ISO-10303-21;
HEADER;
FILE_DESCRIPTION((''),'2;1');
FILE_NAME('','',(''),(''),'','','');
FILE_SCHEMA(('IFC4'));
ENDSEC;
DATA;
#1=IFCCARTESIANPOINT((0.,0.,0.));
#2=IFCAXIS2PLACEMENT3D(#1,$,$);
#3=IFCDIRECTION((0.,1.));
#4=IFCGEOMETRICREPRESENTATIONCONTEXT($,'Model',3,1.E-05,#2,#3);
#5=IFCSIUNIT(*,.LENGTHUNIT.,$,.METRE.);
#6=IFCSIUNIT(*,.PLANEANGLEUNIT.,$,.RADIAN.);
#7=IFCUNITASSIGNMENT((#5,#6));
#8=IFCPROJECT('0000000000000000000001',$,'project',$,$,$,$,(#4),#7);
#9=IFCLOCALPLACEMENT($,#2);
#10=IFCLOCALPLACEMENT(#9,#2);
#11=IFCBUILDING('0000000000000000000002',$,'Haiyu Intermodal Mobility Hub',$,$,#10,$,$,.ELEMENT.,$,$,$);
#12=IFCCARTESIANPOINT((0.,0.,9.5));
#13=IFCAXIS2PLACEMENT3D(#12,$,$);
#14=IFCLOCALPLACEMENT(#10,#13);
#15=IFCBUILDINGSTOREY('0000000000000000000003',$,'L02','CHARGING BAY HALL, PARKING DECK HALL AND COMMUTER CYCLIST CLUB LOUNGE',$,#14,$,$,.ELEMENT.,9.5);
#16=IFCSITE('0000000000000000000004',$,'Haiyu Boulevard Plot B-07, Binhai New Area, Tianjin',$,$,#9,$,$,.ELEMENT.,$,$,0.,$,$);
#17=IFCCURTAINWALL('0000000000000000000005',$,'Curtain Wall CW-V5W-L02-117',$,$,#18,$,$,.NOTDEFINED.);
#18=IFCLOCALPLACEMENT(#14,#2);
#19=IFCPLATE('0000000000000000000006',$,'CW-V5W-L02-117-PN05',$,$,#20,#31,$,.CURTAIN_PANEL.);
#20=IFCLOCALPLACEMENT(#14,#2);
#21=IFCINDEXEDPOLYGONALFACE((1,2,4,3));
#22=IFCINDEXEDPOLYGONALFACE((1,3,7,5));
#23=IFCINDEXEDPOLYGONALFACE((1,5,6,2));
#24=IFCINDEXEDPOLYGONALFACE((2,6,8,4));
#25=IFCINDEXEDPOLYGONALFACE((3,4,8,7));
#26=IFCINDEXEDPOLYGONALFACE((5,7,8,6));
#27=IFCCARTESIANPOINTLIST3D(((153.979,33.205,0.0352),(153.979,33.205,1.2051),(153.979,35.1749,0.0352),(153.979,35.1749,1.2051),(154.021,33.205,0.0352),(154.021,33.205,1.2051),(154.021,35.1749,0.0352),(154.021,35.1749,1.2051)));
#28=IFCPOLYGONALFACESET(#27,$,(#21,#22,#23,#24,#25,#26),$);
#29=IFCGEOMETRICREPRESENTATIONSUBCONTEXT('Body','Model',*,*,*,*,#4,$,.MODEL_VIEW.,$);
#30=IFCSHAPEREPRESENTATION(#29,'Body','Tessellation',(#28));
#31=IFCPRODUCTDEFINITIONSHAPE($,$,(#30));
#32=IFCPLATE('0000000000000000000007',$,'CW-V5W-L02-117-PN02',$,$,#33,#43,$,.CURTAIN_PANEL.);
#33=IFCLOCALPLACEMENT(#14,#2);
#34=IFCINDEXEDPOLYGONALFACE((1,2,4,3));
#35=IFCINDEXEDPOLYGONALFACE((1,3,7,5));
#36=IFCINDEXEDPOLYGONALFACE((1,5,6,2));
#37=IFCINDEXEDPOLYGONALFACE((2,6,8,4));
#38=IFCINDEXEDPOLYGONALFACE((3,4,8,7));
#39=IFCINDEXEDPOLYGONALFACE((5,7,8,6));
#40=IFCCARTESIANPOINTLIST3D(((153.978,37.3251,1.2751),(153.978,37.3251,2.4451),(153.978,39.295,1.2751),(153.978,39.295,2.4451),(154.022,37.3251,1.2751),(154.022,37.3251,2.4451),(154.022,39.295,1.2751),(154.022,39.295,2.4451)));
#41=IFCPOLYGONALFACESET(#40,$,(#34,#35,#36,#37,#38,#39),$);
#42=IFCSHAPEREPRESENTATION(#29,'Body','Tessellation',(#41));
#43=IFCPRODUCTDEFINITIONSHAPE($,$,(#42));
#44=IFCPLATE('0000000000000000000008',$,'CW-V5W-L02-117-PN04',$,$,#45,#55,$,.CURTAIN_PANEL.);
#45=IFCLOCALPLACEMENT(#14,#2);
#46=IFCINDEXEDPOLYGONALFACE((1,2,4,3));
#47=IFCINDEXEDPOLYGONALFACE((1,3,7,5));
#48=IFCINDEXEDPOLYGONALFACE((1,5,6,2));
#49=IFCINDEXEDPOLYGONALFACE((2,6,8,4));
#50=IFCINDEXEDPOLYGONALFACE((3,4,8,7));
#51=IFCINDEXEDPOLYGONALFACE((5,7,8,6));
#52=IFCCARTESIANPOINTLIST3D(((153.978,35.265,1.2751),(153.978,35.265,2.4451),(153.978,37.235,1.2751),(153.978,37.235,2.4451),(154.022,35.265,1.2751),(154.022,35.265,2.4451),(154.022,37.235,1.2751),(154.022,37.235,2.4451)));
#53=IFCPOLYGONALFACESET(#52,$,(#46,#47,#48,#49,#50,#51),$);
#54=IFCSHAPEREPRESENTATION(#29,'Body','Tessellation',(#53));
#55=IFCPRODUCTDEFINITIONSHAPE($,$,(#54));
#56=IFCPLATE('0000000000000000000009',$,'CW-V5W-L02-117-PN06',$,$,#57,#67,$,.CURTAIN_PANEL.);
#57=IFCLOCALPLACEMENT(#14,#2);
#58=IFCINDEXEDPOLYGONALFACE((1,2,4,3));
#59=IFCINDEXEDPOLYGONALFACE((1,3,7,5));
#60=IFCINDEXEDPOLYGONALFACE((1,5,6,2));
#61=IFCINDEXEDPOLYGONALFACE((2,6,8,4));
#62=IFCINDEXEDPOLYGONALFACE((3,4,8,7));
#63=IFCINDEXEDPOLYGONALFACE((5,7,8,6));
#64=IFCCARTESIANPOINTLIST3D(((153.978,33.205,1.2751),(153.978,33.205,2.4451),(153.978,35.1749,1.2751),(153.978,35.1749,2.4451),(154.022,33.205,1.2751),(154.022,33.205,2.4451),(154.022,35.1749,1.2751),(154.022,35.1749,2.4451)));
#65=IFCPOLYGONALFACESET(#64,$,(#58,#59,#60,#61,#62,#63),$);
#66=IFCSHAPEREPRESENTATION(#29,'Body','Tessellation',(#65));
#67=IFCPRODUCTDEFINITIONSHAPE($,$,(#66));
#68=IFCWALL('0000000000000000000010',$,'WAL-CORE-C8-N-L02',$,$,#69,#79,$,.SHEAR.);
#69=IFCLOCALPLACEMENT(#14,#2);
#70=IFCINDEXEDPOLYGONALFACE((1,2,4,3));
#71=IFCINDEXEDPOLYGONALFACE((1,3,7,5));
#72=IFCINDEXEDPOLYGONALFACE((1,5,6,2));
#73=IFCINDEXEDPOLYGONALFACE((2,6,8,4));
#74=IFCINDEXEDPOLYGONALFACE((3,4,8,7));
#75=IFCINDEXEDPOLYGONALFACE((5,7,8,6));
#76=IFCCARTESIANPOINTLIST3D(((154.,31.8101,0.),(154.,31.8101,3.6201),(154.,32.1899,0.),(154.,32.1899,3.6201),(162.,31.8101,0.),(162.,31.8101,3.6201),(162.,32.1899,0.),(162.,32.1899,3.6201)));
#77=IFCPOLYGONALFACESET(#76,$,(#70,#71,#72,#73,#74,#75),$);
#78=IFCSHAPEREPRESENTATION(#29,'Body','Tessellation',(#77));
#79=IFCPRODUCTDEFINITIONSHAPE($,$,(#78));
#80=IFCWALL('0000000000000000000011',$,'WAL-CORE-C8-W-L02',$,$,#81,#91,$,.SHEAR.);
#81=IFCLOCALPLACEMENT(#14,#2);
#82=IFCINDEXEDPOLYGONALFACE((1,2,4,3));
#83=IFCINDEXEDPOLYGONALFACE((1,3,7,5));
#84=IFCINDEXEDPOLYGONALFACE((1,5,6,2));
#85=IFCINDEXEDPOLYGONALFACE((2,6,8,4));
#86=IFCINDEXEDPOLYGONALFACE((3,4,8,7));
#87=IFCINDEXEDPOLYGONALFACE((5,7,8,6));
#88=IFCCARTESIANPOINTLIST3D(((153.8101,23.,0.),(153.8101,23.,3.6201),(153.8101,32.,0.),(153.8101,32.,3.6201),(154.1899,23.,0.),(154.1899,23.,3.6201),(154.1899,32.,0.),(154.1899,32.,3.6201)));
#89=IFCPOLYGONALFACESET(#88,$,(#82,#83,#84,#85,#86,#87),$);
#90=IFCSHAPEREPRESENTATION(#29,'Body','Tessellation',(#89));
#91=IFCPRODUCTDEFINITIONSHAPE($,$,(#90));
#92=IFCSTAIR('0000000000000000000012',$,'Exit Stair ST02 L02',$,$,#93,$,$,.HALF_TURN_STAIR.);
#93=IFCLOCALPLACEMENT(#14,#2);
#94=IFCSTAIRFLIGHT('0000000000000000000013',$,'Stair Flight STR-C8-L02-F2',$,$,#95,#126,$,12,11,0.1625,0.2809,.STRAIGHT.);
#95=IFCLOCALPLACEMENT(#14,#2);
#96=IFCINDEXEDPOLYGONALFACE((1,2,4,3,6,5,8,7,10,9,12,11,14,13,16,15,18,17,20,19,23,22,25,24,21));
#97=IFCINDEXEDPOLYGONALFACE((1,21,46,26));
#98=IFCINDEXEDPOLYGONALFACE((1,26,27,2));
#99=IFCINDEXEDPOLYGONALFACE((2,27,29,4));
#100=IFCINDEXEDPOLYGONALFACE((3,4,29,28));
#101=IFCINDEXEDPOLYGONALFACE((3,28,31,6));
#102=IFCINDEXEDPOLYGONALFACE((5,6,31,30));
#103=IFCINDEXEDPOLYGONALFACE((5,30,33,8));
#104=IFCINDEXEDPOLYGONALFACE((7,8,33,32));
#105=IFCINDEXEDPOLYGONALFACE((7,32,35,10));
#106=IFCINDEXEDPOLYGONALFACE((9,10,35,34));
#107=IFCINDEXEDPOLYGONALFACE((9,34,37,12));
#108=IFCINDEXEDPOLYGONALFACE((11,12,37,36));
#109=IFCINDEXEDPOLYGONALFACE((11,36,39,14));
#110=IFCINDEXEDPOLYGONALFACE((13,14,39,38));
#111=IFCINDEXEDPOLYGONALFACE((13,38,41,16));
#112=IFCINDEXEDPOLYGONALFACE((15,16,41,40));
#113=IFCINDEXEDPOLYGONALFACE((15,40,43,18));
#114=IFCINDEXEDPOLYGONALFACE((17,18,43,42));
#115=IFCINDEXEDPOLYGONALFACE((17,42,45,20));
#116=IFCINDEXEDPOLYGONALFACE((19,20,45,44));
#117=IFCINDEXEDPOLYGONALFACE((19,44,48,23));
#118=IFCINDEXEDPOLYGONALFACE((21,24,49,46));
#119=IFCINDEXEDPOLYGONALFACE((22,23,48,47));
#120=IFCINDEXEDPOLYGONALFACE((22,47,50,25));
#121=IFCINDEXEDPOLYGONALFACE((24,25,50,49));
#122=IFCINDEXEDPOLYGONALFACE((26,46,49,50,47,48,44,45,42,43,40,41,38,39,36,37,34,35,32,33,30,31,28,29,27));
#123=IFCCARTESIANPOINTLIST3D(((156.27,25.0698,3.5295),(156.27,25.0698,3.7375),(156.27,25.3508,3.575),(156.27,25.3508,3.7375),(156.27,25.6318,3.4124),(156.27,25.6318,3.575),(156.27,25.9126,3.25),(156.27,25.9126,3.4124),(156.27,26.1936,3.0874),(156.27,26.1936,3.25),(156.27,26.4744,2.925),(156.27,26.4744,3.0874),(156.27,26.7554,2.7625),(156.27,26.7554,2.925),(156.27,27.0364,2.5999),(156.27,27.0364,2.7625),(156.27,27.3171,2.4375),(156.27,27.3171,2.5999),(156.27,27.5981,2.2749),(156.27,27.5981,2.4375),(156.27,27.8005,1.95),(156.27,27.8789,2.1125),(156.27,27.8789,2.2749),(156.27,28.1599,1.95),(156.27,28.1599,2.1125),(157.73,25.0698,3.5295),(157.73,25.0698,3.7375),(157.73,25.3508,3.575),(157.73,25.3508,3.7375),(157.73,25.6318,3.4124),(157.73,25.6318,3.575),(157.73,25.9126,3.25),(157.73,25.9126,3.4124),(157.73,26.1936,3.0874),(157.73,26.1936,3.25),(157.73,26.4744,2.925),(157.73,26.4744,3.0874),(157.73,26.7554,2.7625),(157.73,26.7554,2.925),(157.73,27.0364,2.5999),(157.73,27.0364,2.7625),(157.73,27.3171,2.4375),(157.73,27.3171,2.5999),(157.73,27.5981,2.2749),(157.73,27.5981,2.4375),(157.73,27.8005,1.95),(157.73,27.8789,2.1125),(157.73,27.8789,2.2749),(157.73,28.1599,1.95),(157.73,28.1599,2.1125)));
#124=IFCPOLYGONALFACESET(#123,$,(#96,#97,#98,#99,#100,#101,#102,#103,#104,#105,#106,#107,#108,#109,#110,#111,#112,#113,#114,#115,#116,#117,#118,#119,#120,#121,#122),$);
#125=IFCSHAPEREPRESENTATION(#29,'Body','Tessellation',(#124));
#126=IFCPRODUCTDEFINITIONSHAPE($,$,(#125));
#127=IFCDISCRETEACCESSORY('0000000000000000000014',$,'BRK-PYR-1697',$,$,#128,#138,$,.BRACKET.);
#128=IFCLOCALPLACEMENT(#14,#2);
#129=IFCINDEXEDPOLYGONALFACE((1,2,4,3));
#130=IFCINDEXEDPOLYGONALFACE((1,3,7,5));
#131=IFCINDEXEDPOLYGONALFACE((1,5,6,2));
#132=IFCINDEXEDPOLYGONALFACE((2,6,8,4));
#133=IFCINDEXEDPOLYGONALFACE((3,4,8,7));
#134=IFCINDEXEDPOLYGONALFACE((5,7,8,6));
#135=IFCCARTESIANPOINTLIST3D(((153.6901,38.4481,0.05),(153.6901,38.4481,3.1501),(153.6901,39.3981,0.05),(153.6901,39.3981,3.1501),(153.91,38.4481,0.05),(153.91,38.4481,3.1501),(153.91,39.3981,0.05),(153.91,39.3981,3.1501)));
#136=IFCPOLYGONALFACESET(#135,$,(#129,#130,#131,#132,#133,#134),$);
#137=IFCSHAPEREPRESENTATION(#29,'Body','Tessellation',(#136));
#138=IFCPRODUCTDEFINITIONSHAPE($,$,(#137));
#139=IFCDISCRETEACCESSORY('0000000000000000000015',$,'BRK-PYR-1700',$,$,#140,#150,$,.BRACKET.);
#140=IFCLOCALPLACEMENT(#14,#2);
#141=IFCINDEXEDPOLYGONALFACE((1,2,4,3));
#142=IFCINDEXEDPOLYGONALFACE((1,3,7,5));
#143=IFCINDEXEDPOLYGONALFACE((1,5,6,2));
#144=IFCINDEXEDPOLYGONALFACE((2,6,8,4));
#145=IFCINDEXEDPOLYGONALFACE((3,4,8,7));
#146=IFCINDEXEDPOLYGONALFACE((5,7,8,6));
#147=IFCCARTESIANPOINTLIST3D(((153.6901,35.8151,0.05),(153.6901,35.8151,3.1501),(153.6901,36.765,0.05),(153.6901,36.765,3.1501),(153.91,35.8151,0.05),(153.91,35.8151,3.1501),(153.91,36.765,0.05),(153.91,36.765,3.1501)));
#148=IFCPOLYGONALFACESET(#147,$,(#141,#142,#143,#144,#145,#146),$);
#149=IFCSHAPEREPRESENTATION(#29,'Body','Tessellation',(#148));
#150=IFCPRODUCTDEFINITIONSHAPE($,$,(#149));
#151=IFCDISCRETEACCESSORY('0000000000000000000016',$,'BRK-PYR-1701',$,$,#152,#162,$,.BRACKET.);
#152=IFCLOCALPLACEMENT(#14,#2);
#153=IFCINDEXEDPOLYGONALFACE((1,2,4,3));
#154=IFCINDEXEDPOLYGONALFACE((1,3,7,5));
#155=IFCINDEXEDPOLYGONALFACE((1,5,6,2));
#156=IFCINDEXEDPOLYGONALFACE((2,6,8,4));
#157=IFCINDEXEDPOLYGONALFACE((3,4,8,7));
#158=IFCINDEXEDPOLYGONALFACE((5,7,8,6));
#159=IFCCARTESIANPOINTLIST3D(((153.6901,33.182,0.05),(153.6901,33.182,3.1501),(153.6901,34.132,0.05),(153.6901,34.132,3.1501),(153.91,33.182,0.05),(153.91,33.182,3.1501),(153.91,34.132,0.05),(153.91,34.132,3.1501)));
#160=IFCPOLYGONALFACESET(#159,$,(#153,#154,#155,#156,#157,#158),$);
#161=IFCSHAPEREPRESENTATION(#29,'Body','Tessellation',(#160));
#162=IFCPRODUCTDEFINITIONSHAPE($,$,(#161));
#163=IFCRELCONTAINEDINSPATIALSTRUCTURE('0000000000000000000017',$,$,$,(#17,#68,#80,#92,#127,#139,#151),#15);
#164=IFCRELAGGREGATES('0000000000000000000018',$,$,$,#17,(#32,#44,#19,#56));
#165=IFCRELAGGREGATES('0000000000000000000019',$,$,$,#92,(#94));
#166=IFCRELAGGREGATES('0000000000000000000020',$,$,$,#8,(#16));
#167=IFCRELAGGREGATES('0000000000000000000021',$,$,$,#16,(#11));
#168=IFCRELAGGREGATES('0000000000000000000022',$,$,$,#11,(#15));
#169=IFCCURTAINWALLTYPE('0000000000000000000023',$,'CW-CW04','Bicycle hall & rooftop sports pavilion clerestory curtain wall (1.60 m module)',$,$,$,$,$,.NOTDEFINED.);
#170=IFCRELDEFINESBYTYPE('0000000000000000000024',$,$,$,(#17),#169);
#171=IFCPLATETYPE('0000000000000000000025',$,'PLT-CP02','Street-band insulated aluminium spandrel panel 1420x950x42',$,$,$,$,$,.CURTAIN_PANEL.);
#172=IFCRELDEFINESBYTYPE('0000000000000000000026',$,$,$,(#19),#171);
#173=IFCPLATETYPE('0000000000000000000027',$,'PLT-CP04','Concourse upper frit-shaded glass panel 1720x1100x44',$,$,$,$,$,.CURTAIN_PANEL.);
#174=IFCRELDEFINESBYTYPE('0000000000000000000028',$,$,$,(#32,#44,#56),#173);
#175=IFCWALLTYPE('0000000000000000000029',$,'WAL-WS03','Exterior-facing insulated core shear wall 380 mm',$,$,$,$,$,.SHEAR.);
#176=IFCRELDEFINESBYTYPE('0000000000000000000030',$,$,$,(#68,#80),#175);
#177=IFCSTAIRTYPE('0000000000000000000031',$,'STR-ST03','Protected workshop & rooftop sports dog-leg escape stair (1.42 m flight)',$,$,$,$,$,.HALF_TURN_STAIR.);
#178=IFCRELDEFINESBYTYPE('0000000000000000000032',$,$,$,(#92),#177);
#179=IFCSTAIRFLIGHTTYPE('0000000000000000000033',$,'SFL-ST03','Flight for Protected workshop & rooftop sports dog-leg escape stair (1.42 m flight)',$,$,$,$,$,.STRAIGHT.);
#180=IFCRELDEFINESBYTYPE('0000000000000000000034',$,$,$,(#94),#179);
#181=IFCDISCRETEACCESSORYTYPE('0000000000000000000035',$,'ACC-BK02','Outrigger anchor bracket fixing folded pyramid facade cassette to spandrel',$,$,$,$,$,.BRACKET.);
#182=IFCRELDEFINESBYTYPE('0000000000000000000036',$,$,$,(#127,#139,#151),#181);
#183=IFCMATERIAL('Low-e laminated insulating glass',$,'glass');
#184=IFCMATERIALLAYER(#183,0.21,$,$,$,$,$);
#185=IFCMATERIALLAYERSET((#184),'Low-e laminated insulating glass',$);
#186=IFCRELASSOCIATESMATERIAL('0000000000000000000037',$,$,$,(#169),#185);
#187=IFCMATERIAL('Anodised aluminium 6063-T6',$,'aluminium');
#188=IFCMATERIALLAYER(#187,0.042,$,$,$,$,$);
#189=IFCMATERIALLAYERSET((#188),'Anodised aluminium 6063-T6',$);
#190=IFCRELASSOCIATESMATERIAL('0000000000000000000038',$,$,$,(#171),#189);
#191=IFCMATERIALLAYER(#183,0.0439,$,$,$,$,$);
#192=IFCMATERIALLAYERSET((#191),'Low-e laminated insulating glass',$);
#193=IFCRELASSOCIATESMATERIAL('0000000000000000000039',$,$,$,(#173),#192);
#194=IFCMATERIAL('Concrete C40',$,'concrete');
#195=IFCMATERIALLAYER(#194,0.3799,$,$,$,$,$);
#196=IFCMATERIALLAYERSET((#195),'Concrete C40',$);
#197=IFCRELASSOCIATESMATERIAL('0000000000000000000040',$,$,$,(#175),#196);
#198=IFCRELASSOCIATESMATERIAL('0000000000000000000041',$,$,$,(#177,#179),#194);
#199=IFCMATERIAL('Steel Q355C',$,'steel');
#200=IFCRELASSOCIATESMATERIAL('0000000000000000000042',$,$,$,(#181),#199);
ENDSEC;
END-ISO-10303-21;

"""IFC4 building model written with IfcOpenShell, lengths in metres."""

from ifc_helpers import new_model, si_unit, direction, frame, frame_2d, origin, origin_2d, place, context, subcontext, project, spatial, polyline, rectangle, outline, extrude, material, layer, layer_set, type_object, element, aggregate, save


model = new_model("IFC4")

# Units and contexts
model_context = context("Model", 3, precision=1e-05, world=origin(), true_north=direction((0.0, 1.0)))
body_context = subcontext(model_context, "Body", "Model", "MODEL_VIEW")
ifc_project = project(units=[si_unit("LENGTHUNIT", "METRE"), si_unit("PLANEANGLEUNIT", "RADIAN")], contexts=[model_context])

# Site, building, storey
site_placement = place(None, origin())
site = spatial("IfcSite", under=ifc_project, at=site_placement, Name="Haiyu Boulevard Plot B-07, Binhai New Area, Tianjin", CompositionType="ELEMENT", RefElevation=0.0)
building_placement = place(site_placement, origin())
building = spatial("IfcBuilding", under=site, at=building_placement, Name="Haiyu Intermodal Mobility Hub", CompositionType="ELEMENT")
storey_placement = place(building_placement, frame((0.0, 0.0, 9.5)))
storey = spatial("IfcBuildingStorey", under=building, at=storey_placement, Name="L02", Description="CHARGING BAY HALL, PARKING DECK HALL AND COMMUTER CYCLIST CLUB LOUNGE", CompositionType="ELEMENT", Elevation=9.5)

# Shared definitions
ifc_material_1 = material(Name="Concrete C40", Category="concrete")

# Shared definitions
ifc_material_2 = material(Name="Steel Q355C", Category="steel")

# Curtain wall, plates
ifc_material_3 = material(Name="Low-e laminated insulating glass", Category="glass")
ifc_layer_1 = layer(ifc_material_3, 0.21)
ifc_layer_set_1 = layer_set([ifc_layer_1], Name="Low-e laminated insulating glass")
curtain_wall_type = type_object("IfcCurtainWallType", Name="CW-CW04", Description="Bicycle hall & rooftop sports pavilion clerestory curtain wall (1.60 m module)", PredefinedType="NOTDEFINED", material=ifc_layer_set_1)
curtain_wall_placement = place(storey_placement, origin())
curtain_wall = element("IfcCurtainWall", 1, at=curtain_wall_placement, inside=storey, type_object=curtain_wall_type, Name="Curtain Wall CW-V5W-L02-117", PredefinedType="NOTDEFINED")
ifc_material_4 = material(Name="Anodised aluminium 6063-T6", Category="aluminium")
ifc_layer_2 = layer(ifc_material_4, 0.042)
ifc_layer_set_2 = layer_set([ifc_layer_2], Name="Anodised aluminium 6063-T6")
plate_type_1 = type_object("IfcPlateType", Name="PLT-CP02", Description="Street-band insulated aluminium spandrel panel 1420x950x42", PredefinedType="CURTAIN_PANEL", material=ifc_layer_set_2)
plate_1_placement = place(storey_placement, frame((154.0, 34.1899, 0.0352), z_axis=(0.0, 0.0, 1.0), x_axis=(0.0, -1.0, 0.0)))
plate_1 = element("IfcPlate", 2, at=plate_1_placement, type_object=plate_type_1, Name="CW-V5W-L02-117-PN05", PredefinedType="CURTAIN_PANEL", context=body_context, shape_type="SweptSolid", body=[
    extrude(rectangle(XDim=1.97, YDim=0.042, at=origin_2d()), origin(), (0.0, 0.0, 1.0), 1.1699),
])
ifc_layer_3 = layer(ifc_material_3, 0.0439)
ifc_layer_set_3 = layer_set([ifc_layer_3], Name="Low-e laminated insulating glass")
plate_type_2 = type_object("IfcPlateType", Name="PLT-CP04", Description="Concourse upper frit-shaded glass panel 1720x1100x44", PredefinedType="CURTAIN_PANEL", material=ifc_layer_set_3)
plate_2_placement = place(storey_placement, frame((154.0, 38.3101, 1.2751), z_axis=(0.0, 0.0, 1.0), x_axis=(0.0, -1.0, 0.0)))
plate_2 = element("IfcPlate", 3, at=plate_2_placement, type_object=plate_type_2, Name="CW-V5W-L02-117-PN02", PredefinedType="CURTAIN_PANEL", context=body_context, shape_type="SweptSolid", body=[
    extrude(rectangle(XDim=1.97, YDim=0.0439, at=origin_2d()), origin(), (0.0, 0.0, 1.0), 1.1699),
])
plate_3_placement = place(storey_placement, frame((154.0, 36.25, 1.2751), z_axis=(0.0, 0.0, 1.0), x_axis=(0.0, -1.0, 0.0)))
plate_3 = element("IfcPlate", 4, at=plate_3_placement, type_object=plate_type_2, Name="CW-V5W-L02-117-PN04", PredefinedType="CURTAIN_PANEL", context=body_context, shape_type="SweptSolid", body=[
    extrude(rectangle(XDim=1.97, YDim=0.0439, at=origin_2d()), origin(), (0.0, 0.0, 1.0), 1.1699),
])
plate_4_placement = place(storey_placement, frame((154.0, 34.1899, 1.2751), z_axis=(0.0, 0.0, 1.0), x_axis=(0.0, -1.0, 0.0)))
plate_4 = element("IfcPlate", 5, at=plate_4_placement, type_object=plate_type_2, Name="CW-V5W-L02-117-PN06", PredefinedType="CURTAIN_PANEL", context=body_context, shape_type="SweptSolid", body=[
    extrude(rectangle(XDim=1.97, YDim=0.0439, at=origin_2d()), origin(), (0.0, 0.0, 1.0), 1.1699),
])
aggregate(curtain_wall, [plate_2, plate_3, plate_1, plate_4])

# Walls
ifc_layer_4 = layer(ifc_material_1, 0.3799)
ifc_layer_set_4 = layer_set([ifc_layer_4], Name="Concrete C40")
wall_type = type_object("IfcWallType", Name="WAL-WS03", Description="Exterior-facing insulated core shear wall 380 mm", PredefinedType="SHEAR", material=ifc_layer_set_4)
wall_1_placement = place(storey_placement, frame((162.0, 32.0, 0.0), z_axis=(0.0, 0.0, 1.0), x_axis=(-1.0, 0.0, 0.0)))
element("IfcWall", 6, at=wall_1_placement, inside=storey, type_object=wall_type, Name="WAL-CORE-C8-N-L02", PredefinedType="SHEAR", context=body_context, shape_type="SweptSolid", body=[
    extrude(rectangle(XDim=8.0, YDim=0.3799, at=frame_2d((4.0, 0.0))), origin(), (0.0, 0.0, 1.0), 3.6201),
])
wall_2_placement = place(storey_placement, frame((154.0, 32.0, 0.0), z_axis=(0.0, 0.0, 1.0), x_axis=(0.0, -1.0, 0.0)))
element("IfcWall", 7, at=wall_2_placement, inside=storey, type_object=wall_type, Name="WAL-CORE-C8-W-L02", PredefinedType="SHEAR", context=body_context, shape_type="SweptSolid", body=[
    extrude(rectangle(XDim=9.0, YDim=0.3799, at=frame_2d((4.5, 0.0))), origin(), (0.0, 0.0, 1.0), 3.6201),
])

# Stair, stair flight
stair_type = type_object("IfcStairType", Name="STR-ST03", Description="Protected workshop & rooftop sports dog-leg escape stair (1.42 m flight)", PredefinedType="HALF_TURN_STAIR", material=ifc_material_1)
stair_placement = place(storey_placement, origin())
stair = element("IfcStair", 8, at=stair_placement, inside=storey, type_object=stair_type, Name="Exit Stair ST02 L02", PredefinedType="HALF_TURN_STAIR")
stair_flight_type = type_object("IfcStairFlightType", Name="SFL-ST03", Description="Flight for Protected workshop & rooftop sports dog-leg escape stair (1.42 m flight)", PredefinedType="STRAIGHT", material=ifc_material_1)
stair_flight_placement = place(storey_placement, frame((157.0, 28.1599, 1.95), z_axis=(0.0, 0.0, 1.0), x_axis=(0.0, -1.0, 0.0)))
stair_flight = element("IfcStairFlight", 9, at=stair_flight_placement, type_object=stair_flight_type, Name="Stair Flight STR-C8-L02-F2", NumberOfRisers=12, NumberOfTreads=11, PredefinedType="STRAIGHT", RiserHeight=0.1625, TreadLength=0.2809, context=body_context, shape_type="SweptSolid", body=[
    extrude(outline(polyline([(0.0, 0.0), (0.0, 0.1626), (0.281, 0.1626), (0.281, 0.325), (0.5618, 0.325), (0.5618, 0.4875), (0.8428, 0.4875), (0.8428, 0.6499), (1.1235, 0.6499), (1.1235, 0.8125), (1.4045, 0.8125), (1.4045, 0.9751), (1.6855, 0.9751), (1.6855, 1.1375), (1.9663, 1.1375), (1.9663, 1.3), (2.2473, 1.3), (2.2473, 1.4624), (2.5281, 1.4624), (2.5281, 1.625), (2.8091, 1.625), (2.8091, 1.7876), (3.0901, 1.7876), (3.0901, 1.95), (3.0901, 1.5796), (0.3594, 0.0), (0.0, 0.0)])), frame((0.0, 0.73, 0.0), z_axis=(0.0, -1.0, 0.0), x_axis=(1.0, 0.0, 0.0)), (0.0, 0.0, 1.0), 1.46),
])
aggregate(stair, [stair_flight])

# Discrete accessories
discrete_accessory_type = type_object("IfcDiscreteAccessoryType", Name="ACC-BK02", Description="Outrigger anchor bracket fixing folded pyramid facade cassette to spandrel", PredefinedType="BRACKET", material=ifc_material_2)
for number, where, z_axis, x_axis, name in (
    (10, (153.8, 38.9231, 0.05), (0.0, 0.0, 1.0), (1.0, 0.0, 0.0), "BRK-PYR-1697"),
    (11, (153.8, 36.29, 0.05), (0.0, 0.0, 1.0), (1.0, 0.0, 0.0), "BRK-PYR-1700"),
    (12, (153.8, 33.657, 0.05), (0.0, 0.0, 1.0), (1.0, 0.0, 0.0), "BRK-PYR-1701"),
):
    element("IfcDiscreteAccessory", number, at=place(storey_placement, frame(where, z_axis=z_axis, x_axis=x_axis)), inside=storey, type_object=discrete_accessory_type, Name=name, PredefinedType="BRACKET", context=body_context, shape_type="SweptSolid", body=[
        extrude(rectangle(XDim=0.22, YDim=0.95, at=origin_2d()), origin(), (0.0, 0.0, 1.0), 3.1001),
    ])

save(model, "model.ifc")
